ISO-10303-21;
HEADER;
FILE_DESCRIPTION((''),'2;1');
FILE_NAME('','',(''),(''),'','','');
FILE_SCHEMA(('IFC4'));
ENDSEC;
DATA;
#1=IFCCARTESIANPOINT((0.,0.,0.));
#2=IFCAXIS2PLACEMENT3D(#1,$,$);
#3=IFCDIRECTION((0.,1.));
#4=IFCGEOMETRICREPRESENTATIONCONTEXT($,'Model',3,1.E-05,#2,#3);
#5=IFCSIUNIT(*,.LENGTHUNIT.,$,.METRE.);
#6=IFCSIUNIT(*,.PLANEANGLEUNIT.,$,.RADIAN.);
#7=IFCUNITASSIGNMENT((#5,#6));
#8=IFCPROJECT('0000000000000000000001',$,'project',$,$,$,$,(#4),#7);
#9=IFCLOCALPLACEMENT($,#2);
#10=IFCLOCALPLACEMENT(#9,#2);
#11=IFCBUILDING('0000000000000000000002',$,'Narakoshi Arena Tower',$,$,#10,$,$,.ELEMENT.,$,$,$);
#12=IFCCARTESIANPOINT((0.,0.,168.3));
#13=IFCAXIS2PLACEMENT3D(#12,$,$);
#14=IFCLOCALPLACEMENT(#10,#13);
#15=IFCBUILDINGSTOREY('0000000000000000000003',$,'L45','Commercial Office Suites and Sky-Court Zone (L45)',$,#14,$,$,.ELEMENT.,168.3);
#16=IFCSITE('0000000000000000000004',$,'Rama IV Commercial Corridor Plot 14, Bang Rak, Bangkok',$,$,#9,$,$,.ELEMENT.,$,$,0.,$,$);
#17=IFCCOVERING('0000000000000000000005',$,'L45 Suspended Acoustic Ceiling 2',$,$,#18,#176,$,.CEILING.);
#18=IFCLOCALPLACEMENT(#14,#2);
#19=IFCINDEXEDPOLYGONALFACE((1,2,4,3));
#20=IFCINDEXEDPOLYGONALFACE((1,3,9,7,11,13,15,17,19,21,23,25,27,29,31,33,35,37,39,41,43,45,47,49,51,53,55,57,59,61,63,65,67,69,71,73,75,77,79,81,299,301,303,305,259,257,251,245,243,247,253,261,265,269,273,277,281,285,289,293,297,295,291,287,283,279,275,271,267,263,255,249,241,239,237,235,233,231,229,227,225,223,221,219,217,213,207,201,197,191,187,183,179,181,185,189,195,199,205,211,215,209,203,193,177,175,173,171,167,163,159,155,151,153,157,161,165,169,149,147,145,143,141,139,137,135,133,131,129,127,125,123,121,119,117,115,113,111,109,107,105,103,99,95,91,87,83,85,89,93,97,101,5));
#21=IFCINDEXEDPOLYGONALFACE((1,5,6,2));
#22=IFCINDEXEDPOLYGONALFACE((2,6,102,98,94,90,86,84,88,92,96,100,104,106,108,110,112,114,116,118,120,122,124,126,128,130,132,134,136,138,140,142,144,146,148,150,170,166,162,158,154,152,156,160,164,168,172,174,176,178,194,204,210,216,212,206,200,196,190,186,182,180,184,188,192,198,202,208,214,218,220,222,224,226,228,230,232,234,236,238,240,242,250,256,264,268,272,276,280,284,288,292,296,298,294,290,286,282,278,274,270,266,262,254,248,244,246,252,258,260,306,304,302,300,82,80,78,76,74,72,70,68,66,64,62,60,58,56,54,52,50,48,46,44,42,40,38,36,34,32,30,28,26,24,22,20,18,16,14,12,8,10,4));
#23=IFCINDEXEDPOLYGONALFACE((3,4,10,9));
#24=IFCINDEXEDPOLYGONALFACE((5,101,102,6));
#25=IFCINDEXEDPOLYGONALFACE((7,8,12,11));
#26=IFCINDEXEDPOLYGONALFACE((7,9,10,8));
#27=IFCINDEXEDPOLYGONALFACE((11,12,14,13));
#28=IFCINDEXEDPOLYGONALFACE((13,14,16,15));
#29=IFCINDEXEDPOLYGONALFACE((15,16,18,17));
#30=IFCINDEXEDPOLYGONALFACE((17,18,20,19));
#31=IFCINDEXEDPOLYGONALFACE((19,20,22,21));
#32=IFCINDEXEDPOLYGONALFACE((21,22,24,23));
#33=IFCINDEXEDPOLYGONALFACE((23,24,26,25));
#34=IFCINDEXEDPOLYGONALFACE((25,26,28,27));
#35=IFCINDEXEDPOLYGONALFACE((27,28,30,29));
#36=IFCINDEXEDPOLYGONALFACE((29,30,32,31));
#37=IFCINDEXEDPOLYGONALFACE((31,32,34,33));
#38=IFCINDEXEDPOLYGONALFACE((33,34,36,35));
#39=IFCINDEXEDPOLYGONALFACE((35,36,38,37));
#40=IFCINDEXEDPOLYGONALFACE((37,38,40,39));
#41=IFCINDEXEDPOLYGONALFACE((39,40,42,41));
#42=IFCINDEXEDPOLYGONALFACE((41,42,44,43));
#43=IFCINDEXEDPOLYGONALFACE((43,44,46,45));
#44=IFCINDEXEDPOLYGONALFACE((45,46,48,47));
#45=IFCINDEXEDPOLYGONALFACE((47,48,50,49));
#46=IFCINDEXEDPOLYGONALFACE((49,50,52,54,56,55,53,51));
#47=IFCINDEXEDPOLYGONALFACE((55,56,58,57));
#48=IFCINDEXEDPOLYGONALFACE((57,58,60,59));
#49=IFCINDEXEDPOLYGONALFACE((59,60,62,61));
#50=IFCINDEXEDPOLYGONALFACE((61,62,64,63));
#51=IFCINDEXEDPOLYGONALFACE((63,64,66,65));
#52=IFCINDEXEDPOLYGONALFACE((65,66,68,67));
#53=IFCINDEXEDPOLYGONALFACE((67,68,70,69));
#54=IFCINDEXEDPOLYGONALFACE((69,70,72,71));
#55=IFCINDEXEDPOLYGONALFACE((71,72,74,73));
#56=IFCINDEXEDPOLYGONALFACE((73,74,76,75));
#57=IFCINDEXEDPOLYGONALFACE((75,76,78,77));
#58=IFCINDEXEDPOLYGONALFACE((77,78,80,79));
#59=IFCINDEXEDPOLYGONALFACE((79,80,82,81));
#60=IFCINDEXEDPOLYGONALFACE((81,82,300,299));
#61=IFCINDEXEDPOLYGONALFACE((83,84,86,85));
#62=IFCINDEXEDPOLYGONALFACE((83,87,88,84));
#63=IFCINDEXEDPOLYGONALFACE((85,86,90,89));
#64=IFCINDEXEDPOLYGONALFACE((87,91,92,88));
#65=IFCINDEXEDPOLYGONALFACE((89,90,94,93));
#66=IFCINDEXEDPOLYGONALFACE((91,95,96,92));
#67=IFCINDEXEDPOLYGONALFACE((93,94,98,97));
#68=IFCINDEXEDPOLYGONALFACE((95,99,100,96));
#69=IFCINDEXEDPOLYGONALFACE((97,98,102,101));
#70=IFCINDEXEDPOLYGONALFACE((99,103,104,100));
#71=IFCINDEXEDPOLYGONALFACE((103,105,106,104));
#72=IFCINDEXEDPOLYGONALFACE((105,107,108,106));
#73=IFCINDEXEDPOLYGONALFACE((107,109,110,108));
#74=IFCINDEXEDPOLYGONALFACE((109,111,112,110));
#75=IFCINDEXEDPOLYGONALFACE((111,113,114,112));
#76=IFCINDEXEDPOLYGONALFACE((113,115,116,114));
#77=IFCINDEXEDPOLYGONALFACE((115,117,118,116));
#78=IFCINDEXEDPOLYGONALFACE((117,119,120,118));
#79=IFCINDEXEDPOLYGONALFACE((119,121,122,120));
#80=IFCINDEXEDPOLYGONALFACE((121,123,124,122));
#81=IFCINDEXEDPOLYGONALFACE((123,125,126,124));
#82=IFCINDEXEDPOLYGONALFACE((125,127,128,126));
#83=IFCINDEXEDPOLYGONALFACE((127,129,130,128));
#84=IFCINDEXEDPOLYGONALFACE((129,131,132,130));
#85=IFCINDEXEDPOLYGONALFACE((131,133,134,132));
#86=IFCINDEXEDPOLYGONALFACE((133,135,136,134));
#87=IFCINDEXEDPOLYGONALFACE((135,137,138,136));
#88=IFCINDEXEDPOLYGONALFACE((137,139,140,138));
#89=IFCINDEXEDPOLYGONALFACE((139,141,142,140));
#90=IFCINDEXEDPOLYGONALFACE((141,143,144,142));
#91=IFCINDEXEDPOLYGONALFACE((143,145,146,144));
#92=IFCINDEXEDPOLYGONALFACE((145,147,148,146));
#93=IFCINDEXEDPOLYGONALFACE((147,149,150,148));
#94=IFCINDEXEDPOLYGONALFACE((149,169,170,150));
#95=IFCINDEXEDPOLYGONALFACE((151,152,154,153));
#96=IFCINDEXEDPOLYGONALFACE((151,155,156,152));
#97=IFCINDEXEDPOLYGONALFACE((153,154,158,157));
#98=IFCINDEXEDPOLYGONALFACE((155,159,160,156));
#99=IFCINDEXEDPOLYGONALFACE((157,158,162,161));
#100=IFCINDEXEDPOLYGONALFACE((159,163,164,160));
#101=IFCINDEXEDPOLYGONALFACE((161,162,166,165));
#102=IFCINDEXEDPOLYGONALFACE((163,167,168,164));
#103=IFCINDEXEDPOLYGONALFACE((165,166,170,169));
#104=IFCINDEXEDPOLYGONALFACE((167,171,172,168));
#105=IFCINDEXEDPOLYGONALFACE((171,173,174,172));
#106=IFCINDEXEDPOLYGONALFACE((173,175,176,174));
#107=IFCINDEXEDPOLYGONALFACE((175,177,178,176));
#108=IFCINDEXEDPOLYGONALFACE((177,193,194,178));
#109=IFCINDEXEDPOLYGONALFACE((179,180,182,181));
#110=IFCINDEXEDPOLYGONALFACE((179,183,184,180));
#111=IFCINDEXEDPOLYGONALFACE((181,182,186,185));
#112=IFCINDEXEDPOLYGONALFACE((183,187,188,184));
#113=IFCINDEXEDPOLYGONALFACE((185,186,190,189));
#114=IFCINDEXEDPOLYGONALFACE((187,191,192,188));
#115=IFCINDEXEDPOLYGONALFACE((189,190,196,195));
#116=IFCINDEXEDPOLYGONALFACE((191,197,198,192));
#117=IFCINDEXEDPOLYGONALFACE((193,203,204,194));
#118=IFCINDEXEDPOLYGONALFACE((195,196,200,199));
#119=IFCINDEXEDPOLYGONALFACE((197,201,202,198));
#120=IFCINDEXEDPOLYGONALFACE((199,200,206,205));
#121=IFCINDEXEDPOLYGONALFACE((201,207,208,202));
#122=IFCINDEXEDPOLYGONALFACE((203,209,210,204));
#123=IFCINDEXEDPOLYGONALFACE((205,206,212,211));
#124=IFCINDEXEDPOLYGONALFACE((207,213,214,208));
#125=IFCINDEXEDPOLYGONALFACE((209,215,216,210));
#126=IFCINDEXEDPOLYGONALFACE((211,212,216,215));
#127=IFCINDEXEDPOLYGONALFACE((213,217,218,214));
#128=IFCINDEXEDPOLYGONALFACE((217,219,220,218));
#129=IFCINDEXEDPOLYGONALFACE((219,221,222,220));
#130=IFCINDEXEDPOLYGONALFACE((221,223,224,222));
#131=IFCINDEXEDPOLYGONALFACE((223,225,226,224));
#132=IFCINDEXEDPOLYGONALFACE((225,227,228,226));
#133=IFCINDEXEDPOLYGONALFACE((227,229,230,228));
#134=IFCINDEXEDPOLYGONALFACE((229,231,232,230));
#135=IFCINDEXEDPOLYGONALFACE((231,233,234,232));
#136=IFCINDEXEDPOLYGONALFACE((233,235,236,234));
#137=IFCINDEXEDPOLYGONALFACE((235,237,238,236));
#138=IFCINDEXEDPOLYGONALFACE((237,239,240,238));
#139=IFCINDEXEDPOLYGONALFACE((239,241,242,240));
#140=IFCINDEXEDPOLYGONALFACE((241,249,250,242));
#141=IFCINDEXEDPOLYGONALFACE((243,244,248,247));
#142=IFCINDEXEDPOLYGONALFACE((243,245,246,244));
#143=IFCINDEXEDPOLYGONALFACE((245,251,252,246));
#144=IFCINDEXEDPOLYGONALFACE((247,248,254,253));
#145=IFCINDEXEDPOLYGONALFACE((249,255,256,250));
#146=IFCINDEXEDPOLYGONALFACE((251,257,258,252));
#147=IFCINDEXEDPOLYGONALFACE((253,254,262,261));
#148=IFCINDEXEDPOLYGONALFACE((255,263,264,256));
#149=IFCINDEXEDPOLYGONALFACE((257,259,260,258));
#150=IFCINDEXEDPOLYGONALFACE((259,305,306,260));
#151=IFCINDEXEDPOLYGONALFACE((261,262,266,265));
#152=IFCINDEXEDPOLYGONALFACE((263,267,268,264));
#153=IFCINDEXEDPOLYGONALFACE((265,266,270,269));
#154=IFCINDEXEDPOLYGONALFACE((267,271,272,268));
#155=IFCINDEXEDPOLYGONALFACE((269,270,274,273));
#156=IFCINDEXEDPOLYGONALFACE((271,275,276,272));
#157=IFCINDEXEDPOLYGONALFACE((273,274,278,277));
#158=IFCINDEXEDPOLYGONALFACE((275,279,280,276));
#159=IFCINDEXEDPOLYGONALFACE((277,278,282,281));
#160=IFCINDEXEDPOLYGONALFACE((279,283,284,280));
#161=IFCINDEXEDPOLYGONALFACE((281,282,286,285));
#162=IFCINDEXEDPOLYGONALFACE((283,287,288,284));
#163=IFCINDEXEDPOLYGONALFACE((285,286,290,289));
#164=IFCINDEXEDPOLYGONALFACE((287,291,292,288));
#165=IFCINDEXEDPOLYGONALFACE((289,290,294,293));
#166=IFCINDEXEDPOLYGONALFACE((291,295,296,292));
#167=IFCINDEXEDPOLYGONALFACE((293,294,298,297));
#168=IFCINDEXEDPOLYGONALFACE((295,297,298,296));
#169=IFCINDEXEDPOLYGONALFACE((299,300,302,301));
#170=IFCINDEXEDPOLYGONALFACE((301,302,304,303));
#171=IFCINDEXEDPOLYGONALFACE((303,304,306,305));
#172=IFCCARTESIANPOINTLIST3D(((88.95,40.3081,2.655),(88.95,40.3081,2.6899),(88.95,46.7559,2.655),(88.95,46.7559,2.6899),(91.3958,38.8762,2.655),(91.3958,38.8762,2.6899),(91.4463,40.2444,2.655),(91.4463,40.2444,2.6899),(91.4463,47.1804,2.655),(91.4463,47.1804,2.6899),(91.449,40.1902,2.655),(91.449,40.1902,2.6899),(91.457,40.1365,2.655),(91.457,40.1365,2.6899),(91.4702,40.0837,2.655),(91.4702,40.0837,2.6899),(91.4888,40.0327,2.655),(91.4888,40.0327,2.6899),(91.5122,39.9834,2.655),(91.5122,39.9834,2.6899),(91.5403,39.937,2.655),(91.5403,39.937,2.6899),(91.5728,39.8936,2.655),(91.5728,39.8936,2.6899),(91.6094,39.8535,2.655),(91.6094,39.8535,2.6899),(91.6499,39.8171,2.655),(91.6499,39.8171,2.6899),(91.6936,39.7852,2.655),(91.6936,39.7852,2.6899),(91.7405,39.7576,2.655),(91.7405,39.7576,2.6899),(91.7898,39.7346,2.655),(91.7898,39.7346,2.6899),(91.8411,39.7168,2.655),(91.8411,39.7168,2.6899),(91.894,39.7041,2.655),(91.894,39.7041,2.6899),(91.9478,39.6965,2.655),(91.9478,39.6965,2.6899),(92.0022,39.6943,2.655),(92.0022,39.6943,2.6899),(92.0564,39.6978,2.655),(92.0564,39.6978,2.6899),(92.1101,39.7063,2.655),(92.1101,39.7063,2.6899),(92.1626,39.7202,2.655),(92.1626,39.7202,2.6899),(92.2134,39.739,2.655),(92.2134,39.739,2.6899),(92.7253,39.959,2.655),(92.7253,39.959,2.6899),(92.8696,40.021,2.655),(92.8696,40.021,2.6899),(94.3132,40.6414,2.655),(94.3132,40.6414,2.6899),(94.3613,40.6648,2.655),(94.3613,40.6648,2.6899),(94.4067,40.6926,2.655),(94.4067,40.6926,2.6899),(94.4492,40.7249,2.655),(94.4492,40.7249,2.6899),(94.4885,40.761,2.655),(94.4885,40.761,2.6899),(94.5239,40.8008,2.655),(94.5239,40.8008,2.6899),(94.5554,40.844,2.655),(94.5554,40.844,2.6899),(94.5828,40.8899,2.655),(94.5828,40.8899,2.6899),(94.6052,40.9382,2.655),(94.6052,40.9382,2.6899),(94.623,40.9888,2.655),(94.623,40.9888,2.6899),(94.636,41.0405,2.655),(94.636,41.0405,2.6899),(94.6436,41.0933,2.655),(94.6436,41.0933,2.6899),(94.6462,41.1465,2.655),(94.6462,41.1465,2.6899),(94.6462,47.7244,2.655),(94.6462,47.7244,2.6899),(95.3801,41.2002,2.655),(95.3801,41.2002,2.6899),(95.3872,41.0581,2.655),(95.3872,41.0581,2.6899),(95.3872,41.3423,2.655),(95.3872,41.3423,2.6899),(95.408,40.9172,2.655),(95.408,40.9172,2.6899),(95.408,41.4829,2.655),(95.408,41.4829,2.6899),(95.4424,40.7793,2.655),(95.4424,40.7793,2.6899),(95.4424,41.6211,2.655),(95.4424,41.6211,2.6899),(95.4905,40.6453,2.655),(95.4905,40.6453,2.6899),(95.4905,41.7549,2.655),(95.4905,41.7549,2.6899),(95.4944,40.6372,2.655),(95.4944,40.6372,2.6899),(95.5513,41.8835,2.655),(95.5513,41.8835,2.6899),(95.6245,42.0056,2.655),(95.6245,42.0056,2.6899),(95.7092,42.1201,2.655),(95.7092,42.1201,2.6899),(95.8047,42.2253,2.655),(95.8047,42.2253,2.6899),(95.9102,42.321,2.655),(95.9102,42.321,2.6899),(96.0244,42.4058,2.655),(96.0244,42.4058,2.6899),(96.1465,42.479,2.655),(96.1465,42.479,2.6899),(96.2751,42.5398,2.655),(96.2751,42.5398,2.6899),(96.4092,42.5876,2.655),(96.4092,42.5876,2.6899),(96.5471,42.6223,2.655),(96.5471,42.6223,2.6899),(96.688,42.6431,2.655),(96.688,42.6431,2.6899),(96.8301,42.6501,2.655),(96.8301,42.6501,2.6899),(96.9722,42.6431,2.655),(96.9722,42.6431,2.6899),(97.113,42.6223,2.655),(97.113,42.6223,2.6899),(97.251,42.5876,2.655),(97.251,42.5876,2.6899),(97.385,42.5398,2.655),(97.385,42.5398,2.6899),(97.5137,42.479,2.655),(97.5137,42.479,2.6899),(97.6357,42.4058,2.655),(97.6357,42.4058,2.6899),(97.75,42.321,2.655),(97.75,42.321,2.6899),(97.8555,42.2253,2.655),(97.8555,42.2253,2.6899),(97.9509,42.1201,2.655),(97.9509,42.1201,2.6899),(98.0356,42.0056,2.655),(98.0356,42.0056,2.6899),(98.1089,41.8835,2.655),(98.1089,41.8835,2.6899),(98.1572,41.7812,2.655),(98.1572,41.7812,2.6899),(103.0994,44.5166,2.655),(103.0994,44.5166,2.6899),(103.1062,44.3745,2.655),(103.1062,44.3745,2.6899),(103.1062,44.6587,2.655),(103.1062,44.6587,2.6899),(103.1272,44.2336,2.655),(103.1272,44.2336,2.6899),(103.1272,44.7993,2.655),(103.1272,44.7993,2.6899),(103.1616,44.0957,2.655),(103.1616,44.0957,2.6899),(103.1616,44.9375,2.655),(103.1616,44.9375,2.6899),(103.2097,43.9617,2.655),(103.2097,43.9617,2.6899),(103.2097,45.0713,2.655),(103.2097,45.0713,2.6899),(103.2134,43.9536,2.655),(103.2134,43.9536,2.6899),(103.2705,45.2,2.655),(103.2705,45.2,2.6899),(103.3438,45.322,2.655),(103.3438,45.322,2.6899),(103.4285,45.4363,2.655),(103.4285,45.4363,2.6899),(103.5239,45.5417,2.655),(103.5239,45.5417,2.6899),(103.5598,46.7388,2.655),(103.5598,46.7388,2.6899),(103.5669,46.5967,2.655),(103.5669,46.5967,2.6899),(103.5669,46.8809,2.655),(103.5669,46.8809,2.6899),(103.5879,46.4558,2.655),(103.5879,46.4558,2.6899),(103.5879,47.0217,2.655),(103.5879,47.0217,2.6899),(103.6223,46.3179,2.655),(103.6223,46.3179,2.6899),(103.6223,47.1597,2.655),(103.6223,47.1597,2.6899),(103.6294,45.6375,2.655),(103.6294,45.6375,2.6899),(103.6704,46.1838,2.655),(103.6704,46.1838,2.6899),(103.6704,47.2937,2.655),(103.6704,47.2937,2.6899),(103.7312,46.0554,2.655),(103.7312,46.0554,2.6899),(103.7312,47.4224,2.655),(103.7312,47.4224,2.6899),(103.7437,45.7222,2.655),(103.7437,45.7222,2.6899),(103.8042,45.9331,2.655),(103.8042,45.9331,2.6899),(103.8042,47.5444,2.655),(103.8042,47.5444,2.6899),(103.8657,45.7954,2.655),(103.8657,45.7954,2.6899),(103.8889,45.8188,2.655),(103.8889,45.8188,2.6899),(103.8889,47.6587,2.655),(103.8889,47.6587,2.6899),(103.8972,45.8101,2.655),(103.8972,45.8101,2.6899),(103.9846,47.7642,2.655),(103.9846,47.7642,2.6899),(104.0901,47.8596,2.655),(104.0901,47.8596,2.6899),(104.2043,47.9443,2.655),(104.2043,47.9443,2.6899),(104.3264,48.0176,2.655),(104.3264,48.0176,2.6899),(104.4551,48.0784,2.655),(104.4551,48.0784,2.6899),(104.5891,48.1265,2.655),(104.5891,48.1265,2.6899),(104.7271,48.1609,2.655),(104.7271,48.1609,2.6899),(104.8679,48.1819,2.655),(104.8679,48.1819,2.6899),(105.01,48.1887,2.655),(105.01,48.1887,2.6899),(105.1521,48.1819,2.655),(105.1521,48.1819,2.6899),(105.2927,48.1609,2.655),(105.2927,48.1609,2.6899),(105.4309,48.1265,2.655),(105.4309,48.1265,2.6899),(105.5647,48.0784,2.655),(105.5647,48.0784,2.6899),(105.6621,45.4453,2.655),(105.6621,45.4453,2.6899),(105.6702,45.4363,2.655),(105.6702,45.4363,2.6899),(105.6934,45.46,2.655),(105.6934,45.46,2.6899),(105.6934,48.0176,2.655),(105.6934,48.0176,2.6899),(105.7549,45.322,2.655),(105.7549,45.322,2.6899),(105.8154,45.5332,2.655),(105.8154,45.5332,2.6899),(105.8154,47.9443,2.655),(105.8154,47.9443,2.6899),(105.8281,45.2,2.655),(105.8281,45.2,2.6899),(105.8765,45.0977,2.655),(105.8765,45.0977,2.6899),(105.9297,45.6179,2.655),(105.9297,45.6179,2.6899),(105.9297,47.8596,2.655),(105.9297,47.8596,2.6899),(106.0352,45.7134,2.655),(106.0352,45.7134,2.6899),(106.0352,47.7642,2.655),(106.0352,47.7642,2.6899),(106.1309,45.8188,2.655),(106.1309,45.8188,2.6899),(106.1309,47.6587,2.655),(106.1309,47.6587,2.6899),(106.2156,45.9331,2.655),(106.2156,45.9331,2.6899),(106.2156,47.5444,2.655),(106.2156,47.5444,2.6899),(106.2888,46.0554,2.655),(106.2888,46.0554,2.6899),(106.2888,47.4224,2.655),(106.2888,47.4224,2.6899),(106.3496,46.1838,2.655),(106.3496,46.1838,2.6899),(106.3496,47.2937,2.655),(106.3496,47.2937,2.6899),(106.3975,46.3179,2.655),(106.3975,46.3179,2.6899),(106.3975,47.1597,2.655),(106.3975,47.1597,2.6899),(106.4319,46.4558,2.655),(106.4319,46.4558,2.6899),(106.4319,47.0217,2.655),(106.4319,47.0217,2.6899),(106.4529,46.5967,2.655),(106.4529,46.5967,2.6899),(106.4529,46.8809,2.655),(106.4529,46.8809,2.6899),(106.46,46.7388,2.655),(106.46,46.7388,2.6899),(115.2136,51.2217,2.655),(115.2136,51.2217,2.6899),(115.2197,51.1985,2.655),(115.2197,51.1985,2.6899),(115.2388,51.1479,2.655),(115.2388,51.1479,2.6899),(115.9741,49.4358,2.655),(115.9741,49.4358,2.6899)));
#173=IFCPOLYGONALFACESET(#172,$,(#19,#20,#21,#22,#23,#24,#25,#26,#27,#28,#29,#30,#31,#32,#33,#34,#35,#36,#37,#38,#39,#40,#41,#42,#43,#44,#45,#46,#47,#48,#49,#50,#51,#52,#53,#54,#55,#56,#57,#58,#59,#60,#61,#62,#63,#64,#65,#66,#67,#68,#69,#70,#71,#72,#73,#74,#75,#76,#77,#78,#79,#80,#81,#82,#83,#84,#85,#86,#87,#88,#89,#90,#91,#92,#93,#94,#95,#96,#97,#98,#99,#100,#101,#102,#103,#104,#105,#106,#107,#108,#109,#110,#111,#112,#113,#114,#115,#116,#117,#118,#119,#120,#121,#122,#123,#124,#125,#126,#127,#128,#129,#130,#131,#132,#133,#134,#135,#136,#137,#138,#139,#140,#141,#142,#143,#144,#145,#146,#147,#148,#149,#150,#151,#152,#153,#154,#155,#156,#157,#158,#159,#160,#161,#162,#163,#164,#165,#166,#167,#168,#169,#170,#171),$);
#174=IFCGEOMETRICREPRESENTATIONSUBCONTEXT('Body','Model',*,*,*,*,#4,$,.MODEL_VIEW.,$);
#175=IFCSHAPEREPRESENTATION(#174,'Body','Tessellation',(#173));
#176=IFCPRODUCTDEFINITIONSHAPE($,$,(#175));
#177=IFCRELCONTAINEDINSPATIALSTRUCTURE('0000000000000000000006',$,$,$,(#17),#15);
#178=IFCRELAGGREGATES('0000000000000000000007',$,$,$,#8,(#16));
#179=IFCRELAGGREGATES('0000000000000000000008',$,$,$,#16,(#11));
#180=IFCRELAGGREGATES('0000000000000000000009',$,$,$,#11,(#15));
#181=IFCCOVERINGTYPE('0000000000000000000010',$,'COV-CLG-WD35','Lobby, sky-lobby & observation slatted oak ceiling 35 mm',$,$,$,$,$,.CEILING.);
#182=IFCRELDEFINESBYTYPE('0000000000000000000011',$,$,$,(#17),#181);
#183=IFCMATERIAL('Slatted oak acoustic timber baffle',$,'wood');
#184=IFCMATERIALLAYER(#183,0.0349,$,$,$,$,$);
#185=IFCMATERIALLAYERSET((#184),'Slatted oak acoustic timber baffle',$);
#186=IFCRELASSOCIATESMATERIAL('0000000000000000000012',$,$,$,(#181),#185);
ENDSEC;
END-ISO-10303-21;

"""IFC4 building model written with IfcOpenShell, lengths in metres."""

from ifc_helpers import new_model, si_unit, direction, frame, origin, place, context, subcontext, project, spatial, polyline, outline, extrude, material, layer, layer_set, type_object, element, save


model = new_model("IFC4")

# Units and contexts
model_context = context("Model", 3, precision=1e-05, world=origin(), true_north=direction((0.0, 1.0)))
body_context = subcontext(model_context, "Body", "Model", "MODEL_VIEW")
ifc_project = project(units=[si_unit("LENGTHUNIT", "METRE"), si_unit("PLANEANGLEUNIT", "RADIAN")], contexts=[model_context])

# Site, building, storey
site_placement = place(None, origin())
site = spatial("IfcSite", under=ifc_project, at=site_placement, Name="Rama IV Commercial Corridor Plot 14, Bang Rak, Bangkok", CompositionType="ELEMENT", RefElevation=0.0)
building_placement = place(site_placement, origin())
building = spatial("IfcBuilding", under=site, at=building_placement, Name="Narakoshi Arena Tower", CompositionType="ELEMENT")
storey_placement = place(building_placement, frame((0.0, 0.0, 168.3)))
storey = spatial("IfcBuildingStorey", under=building, at=storey_placement, Name="L45", Description="Commercial Office Suites and Sky-Court Zone (L45)", CompositionType="ELEMENT", Elevation=168.3)

# Covering
ifc_material_1 = material(Name="Slatted oak acoustic timber baffle", Category="wood")
ifc_layer_1 = layer(ifc_material_1, 0.0349)
ifc_layer_set_1 = layer_set([ifc_layer_1], Name="Slatted oak acoustic timber baffle")
covering_type_1 = type_object("IfcCoveringType", Name="COV-CLG-WD35", Description="Lobby, sky-lobby & observation slatted oak ceiling 35 mm", PredefinedType="CEILING", material=ifc_layer_set_1)
covering_1_placement = place(storey_placement, frame((0.0, 0.0, 2.655)))
element("IfcCovering", 1, at=covering_1_placement, inside=storey, type_object=covering_type_1, Name="L45 Suspended Acoustic Ceiling 2", PredefinedType="CEILING", context=body_context, shape_type="SweptSolid", body=[
    extrude(outline(polyline([(115.2197, 51.1985), (115.2388, 51.1479), (115.9741, 49.4358), (105.8765, 45.0977), (105.8281, 45.2), (105.7549, 45.322), (105.6702, 45.4363), (105.6621, 45.4453), (105.6934, 45.46), (105.8154, 45.5332), (105.9297, 45.6179), (106.0352, 45.7134), (106.1309, 45.8188), (106.2156, 45.9331), (106.2888, 46.0554), (106.3496, 46.1838), (106.3975, 46.3179), (106.4319, 46.4558), (106.4529, 46.5967), (106.46, 46.7388), (106.4529, 46.8809), (106.4319, 47.0217), (106.3975, 47.1597), (106.3496, 47.2937), (106.2888, 47.4224), (106.2156, 47.5444), (106.1309, 47.6587), (106.0352, 47.7642), (105.9297, 47.8596), (105.8154, 47.9443), (105.6934, 48.0176), (105.5647, 48.0784), (105.4309, 48.1265), (105.2927, 48.1609), (105.1521, 48.1819), (105.01, 48.1887), (104.8679, 48.1819), (104.7271, 48.1609), (104.5891, 48.1265), (104.4551, 48.0784), (104.3264, 48.0176), (104.2043, 47.9443), (104.0901, 47.8596), (103.9846, 47.7642), (103.8889, 47.6587), (103.8042, 47.5444), (103.7312, 47.4224), (103.6704, 47.2937), (103.6223, 47.1597), (103.5879, 47.0217), (103.5669, 46.8809), (103.5598, 46.7388), (103.5669, 46.5967), (103.5879, 46.4558), (103.6223, 46.3179), (103.6704, 46.1838), (103.7312, 46.0554), (103.8042, 45.9331), (103.8889, 45.8188), (103.8972, 45.8101), (103.8657, 45.7954), (103.7437, 45.7222), (103.6294, 45.6375), (103.5239, 45.5417), (103.4285, 45.4363), (103.3438, 45.322), (103.2705, 45.2), (103.2097, 45.0713), (103.1616, 44.9375), (103.1272, 44.7993), (103.1062, 44.6587), (103.0994, 44.5166), (103.1062, 44.3745), (103.1272, 44.2336), (103.1616, 44.0957), (103.2097, 43.9617), (103.2134, 43.9536), (98.1572, 41.7812), (98.1089, 41.8835), (98.0356, 42.0056), (97.9509, 42.1201), (97.8555, 42.2253), (97.75, 42.321), (97.6357, 42.4058), (97.5137, 42.479), (97.385, 42.5398), (97.251, 42.5876), (97.113, 42.6223), (96.9722, 42.6431), (96.8301, 42.6501), (96.688, 42.6431), (96.5471, 42.6223), (96.4092, 42.5876), (96.2751, 42.5398), (96.1465, 42.479), (96.0244, 42.4058), (95.9102, 42.321), (95.8047, 42.2253), (95.7092, 42.1201), (95.6245, 42.0056), (95.5513, 41.8835), (95.4905, 41.7549), (95.4424, 41.6211), (95.408, 41.4829), (95.3872, 41.3423), (95.3801, 41.2002), (95.3872, 41.0581), (95.408, 40.9172), (95.4424, 40.7793), (95.4905, 40.6453), (95.4944, 40.6372), (91.3958, 38.8762), (88.95, 40.3081), (88.95, 46.7559), (91.4463, 47.1804), (91.4463, 40.2444), (91.449, 40.1902), (91.457, 40.1365), (91.4702, 40.0837), (91.4888, 40.0327), (91.5122, 39.9834), (91.5403, 39.937), (91.5728, 39.8936), (91.6094, 39.8535), (91.6499, 39.8171), (91.6936, 39.7852), (91.7405, 39.7576), (91.7898, 39.7346), (91.8411, 39.7168), (91.894, 39.7041), (91.9478, 39.6965), (92.0022, 39.6943), (92.0564, 39.6978), (92.1101, 39.7063), (92.1626, 39.7202), (92.2134, 39.739), (92.7253, 39.959), (92.8696, 40.021), (94.3132, 40.6414), (94.3613, 40.6648), (94.4067, 40.6926), (94.4492, 40.7249), (94.4885, 40.761), (94.5239, 40.8008), (94.5554, 40.844), (94.5828, 40.8899), (94.6052, 40.9382), (94.623, 40.9888), (94.636, 41.0405), (94.6436, 41.0933), (94.6462, 41.1465), (94.6462, 47.7244), (115.2136, 51.2217), (115.2197, 51.1985)])), origin(), (0.0, 0.0, 1.0), 0.0349),
])

save(model, "model.ifc")
